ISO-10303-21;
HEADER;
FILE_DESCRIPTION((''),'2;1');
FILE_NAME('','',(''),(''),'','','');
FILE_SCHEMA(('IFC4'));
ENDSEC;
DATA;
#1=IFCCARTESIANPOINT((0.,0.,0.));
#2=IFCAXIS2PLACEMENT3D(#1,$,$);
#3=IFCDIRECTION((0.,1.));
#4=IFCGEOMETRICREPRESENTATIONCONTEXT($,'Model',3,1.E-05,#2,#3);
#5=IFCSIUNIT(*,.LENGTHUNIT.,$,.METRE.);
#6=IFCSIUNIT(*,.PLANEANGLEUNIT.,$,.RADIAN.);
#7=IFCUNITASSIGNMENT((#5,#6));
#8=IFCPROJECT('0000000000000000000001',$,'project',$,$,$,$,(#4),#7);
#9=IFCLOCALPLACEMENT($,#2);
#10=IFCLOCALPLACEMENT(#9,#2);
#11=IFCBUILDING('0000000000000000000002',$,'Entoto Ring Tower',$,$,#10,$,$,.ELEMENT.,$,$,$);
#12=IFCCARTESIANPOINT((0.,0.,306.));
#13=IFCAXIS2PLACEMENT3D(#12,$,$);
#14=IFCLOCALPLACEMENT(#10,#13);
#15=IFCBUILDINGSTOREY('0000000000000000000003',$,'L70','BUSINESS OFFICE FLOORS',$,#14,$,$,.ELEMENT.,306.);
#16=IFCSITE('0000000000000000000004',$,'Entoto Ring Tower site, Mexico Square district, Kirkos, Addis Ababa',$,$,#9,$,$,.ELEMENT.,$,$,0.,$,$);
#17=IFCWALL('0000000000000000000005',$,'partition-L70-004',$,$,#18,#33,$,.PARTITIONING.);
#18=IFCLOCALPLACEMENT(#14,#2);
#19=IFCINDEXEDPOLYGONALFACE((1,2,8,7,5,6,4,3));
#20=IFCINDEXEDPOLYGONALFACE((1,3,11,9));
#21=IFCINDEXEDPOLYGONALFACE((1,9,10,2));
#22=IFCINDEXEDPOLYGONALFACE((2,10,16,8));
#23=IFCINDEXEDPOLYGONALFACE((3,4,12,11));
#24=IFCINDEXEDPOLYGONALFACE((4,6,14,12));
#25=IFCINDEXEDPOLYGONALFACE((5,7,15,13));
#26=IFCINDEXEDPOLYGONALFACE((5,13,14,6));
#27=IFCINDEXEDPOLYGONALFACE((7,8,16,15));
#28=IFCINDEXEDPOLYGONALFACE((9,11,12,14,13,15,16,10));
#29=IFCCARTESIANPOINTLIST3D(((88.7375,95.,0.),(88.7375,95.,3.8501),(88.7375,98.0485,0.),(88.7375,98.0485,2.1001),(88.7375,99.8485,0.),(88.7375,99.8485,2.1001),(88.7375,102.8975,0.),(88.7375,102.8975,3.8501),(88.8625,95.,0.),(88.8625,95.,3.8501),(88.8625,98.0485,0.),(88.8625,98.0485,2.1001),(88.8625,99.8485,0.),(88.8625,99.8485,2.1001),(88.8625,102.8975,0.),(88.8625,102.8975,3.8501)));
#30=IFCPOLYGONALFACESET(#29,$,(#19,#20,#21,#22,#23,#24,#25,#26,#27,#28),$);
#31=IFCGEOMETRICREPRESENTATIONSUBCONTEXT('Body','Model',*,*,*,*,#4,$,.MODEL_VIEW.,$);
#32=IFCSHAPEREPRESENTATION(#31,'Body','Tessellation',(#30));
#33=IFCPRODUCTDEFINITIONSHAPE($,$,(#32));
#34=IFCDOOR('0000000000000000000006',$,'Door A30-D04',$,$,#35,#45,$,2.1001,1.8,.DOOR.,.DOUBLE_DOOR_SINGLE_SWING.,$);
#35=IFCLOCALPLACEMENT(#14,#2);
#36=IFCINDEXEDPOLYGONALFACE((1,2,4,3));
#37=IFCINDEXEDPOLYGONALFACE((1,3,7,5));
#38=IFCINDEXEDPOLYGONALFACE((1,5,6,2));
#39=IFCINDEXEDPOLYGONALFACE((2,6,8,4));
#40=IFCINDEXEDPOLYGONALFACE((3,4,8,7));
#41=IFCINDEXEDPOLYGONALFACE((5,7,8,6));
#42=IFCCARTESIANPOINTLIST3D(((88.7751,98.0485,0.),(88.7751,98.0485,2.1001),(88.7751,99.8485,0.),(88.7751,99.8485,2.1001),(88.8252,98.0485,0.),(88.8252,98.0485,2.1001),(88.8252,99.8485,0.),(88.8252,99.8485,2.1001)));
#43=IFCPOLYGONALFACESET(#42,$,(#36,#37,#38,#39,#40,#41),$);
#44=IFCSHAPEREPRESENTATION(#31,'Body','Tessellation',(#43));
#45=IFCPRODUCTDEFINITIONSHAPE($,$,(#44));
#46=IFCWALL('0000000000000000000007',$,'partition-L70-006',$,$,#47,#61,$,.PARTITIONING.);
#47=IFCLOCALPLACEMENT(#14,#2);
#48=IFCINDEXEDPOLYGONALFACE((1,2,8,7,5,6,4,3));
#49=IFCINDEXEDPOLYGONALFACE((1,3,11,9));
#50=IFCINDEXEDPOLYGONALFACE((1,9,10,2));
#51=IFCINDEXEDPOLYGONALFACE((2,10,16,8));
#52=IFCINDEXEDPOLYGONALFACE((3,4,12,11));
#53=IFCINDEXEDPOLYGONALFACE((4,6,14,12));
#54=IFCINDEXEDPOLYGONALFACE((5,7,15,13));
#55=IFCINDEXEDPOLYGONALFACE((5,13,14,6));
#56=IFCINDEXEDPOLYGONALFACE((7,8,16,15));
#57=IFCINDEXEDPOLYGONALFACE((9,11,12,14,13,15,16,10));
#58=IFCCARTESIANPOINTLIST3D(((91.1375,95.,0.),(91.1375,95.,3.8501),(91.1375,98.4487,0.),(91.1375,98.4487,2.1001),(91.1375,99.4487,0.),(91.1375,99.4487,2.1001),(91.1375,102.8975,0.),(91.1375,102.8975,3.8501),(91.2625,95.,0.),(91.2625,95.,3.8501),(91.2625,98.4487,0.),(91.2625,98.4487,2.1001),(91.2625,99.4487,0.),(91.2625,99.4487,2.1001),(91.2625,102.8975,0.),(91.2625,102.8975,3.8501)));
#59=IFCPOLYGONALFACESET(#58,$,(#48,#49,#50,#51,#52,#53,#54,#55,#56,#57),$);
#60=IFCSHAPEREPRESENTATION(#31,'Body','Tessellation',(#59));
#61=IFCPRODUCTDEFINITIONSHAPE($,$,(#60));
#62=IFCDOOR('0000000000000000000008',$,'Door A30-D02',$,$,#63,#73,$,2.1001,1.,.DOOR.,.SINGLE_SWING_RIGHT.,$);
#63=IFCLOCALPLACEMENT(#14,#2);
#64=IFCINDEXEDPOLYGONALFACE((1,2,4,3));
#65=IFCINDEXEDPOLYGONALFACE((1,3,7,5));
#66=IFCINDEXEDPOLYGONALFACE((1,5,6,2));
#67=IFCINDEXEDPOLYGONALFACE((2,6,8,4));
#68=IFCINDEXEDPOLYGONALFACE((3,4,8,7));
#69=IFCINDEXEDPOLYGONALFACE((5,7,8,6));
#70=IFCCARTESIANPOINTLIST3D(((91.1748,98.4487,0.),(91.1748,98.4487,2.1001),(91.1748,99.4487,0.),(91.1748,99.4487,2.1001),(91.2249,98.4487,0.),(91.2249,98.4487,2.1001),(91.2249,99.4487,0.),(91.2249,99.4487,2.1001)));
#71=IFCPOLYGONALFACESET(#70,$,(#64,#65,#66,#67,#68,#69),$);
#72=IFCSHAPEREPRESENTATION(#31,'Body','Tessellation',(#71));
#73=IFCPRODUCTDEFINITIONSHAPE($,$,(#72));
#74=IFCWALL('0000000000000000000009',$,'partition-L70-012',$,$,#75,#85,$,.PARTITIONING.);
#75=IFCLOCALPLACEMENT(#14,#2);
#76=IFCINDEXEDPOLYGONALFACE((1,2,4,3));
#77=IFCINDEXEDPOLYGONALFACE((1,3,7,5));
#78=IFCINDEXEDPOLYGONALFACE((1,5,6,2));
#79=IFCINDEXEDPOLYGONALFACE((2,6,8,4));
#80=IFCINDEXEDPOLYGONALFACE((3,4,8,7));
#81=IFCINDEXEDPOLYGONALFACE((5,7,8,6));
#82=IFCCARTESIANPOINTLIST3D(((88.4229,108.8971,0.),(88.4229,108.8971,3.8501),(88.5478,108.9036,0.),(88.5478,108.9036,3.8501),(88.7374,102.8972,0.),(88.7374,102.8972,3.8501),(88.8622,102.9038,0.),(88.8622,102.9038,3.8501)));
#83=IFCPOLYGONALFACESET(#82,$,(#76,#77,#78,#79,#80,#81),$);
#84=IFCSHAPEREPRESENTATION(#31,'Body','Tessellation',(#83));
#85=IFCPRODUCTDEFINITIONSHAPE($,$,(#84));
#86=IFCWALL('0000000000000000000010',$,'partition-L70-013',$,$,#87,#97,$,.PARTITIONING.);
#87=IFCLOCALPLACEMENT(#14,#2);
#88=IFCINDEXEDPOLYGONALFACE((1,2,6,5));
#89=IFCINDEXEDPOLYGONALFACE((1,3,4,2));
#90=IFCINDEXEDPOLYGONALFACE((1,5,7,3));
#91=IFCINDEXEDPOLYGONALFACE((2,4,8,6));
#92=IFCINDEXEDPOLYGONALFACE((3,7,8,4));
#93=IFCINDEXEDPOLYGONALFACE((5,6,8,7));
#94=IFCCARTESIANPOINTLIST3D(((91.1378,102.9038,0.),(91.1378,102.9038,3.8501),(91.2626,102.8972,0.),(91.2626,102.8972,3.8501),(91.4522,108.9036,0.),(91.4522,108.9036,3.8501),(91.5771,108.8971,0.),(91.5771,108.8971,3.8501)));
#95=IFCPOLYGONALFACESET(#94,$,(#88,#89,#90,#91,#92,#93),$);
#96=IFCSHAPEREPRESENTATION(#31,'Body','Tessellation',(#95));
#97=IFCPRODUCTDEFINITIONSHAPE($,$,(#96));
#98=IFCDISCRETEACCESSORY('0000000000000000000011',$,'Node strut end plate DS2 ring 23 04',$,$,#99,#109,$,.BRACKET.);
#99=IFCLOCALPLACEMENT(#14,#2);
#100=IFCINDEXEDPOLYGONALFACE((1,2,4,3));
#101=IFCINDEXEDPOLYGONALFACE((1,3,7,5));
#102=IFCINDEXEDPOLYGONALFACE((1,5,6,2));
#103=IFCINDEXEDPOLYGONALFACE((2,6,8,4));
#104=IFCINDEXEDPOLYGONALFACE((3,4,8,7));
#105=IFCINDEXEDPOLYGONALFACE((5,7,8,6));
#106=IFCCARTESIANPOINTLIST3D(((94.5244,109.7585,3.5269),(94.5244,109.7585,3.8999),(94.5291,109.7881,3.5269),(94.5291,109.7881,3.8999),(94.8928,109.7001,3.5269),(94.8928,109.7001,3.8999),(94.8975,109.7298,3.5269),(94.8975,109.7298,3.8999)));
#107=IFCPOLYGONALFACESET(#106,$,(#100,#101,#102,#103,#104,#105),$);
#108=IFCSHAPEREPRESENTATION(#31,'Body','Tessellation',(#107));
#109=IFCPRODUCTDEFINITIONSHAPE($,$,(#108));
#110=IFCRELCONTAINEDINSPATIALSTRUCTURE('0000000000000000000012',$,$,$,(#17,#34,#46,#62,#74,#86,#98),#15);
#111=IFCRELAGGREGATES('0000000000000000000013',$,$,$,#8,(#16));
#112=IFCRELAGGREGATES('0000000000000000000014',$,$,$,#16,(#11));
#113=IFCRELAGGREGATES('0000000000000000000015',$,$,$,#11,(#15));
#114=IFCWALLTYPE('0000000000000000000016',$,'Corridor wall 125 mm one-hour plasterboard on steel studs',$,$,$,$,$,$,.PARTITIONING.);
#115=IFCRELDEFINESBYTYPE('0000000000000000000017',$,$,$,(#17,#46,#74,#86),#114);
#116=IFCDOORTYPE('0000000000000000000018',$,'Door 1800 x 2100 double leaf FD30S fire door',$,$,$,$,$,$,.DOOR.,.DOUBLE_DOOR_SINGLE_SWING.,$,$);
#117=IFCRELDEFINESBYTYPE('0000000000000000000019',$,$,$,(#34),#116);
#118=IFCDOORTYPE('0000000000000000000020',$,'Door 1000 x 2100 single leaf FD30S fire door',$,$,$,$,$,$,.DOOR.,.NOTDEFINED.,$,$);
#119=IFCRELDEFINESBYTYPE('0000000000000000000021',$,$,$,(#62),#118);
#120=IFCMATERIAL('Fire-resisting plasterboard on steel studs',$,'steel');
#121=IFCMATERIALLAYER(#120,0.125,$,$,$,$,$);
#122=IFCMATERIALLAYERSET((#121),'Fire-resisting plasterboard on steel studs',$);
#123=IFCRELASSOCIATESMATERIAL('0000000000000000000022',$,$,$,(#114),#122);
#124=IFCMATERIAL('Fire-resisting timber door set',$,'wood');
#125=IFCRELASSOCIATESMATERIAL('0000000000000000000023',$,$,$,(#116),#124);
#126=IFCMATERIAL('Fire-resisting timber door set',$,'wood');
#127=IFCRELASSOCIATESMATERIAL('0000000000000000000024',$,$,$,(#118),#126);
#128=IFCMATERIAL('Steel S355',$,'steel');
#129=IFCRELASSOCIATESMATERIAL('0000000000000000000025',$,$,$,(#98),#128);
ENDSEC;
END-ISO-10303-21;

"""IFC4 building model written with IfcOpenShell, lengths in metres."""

from ifc_helpers import new_model, si_unit, direction, frame, frame_2d, origin, origin_2d, place, context, subcontext, project, spatial, rectangle, extrude, material, layer, layer_set, type_object, element, fill, save


model = new_model("IFC4")

# Units and contexts
model_context = context("Model", 3, precision=1e-05, world=origin(), true_north=direction((0.0, 1.0)))
body_context = subcontext(model_context, "Body", "Model", "MODEL_VIEW")
ifc_project = project(units=[si_unit("LENGTHUNIT", "METRE"), si_unit("PLANEANGLEUNIT", "RADIAN")], contexts=[model_context])

# Site, building, storey
site_placement = place(None, origin())
site = spatial("IfcSite", under=ifc_project, at=site_placement, Name="Entoto Ring Tower site, Mexico Square district, Kirkos, Addis Ababa", CompositionType="ELEMENT", RefElevation=0.0)
building_placement = place(site_placement, origin())
building = spatial("IfcBuilding", under=site, at=building_placement, Name="Entoto Ring Tower", CompositionType="ELEMENT")
storey_placement = place(building_placement, frame((0.0, 0.0, 306.0)))
storey = spatial("IfcBuildingStorey", under=building, at=storey_placement, Name="L70", Description="BUSINESS OFFICE FLOORS", CompositionType="ELEMENT", Elevation=306.0)

# Walls, openings, doors
ifc_material_1 = material(Name="Fire-resisting plasterboard on steel studs", Category="steel")
ifc_layer_1 = layer(ifc_material_1, 0.125)
ifc_layer_set_1 = layer_set([ifc_layer_1], Name="Fire-resisting plasterboard on steel studs")
wall_type_1 = type_object("IfcWallType", Name="Corridor wall 125 mm one-hour plasterboard on steel studs", PredefinedType="PARTITIONING", material=ifc_layer_set_1)
wall_1_placement = place(storey_placement, frame((88.8, 95.0, 0.0), z_axis=(0.0, 0.0, 1.0), x_axis=(0.0, 1.0, 0.0)))
wall_1 = element("IfcWall", 1, at=wall_1_placement, inside=storey, type_object=wall_type_1, Name="partition-L70-004", PredefinedType="PARTITIONING", context=body_context, shape_type="SweptSolid", body=[
    extrude(rectangle(XDim=7.8975, YDim=0.125, at=frame_2d((3.9487, 0.0))), origin(), (0.0, 0.0, 1.0), 3.8501),
])
opening_1_placement = place(wall_1_placement, frame((3.0486, 0.0, 0.0)))
opening_1 = element("IfcOpeningElement", 2, at=opening_1_placement, cuts=wall_1, PredefinedType="OPENING", context=body_context, shape_type="SweptSolid", body=[
    extrude(rectangle(XDim=1.8, YDim=2.1001, at=frame_2d((0.8999, 1.05))), frame((0.0, 0.0725, 0.0), z_axis=(0.0, -1.0, 0.0), x_axis=(1.0, 0.0, 0.0)), (0.0, 0.0, 1.0), 0.145),
])
ifc_material_2 = material(Name="Fire-resisting timber door set", Category="wood")
door_type_1 = type_object("IfcDoorType", Name="Door 1800 x 2100 double leaf FD30S fire door", OperationType="DOUBLE_DOOR_SINGLE_SWING", PredefinedType="DOOR", material=ifc_material_2)
door_1_placement = place(opening_1_placement, origin())
door_1 = element("IfcDoor", 3, at=door_1_placement, inside=storey, type_object=door_type_1, Name="Door A30-D04", OperationType="DOUBLE_DOOR_SINGLE_SWING", OverallHeight=2.1001, OverallWidth=1.8, PredefinedType="DOOR", context=body_context, shape_type="SweptSolid", body=[
    extrude(rectangle(XDim=1.8, YDim=2.1001, at=frame_2d((0.8999, 1.05))), frame((0.0, 0.0249, 0.0), z_axis=(0.0, -1.0, 0.0), x_axis=(1.0, 0.0, 0.0)), (0.0, 0.0, 1.0), 0.05),
])
fill(opening_1, door_1)
wall_2_placement = place(storey_placement, frame((91.2, 95.0, 0.0), z_axis=(0.0, 0.0, 1.0), x_axis=(0.0, 1.0, 0.0)))
wall_2 = element("IfcWall", 4, at=wall_2_placement, inside=storey, type_object=wall_type_1, Name="partition-L70-006", PredefinedType="PARTITIONING", context=body_context, shape_type="SweptSolid", body=[
    extrude(rectangle(XDim=7.8975, YDim=0.125, at=frame_2d((3.9487, 0.0))), origin(), (0.0, 0.0, 1.0), 3.8501),
])
opening_2_placement = place(wall_2_placement, frame((3.4487, 0.0, 0.0)))
opening_2 = element("IfcOpeningElement", 5, at=opening_2_placement, cuts=wall_2, PredefinedType="OPENING", context=body_context, shape_type="SweptSolid", body=[
    extrude(rectangle(XDim=1.0, YDim=2.1001, at=frame_2d((0.5, 1.05))), frame((0.0, 0.0725, 0.0), z_axis=(0.0, -1.0, 0.0), x_axis=(1.0, 0.0, 0.0)), (0.0, 0.0, 1.0), 0.145),
])
ifc_material_3 = material(Name="Fire-resisting timber door set", Category="wood")
door_type_2 = type_object("IfcDoorType", Name="Door 1000 x 2100 single leaf FD30S fire door", OperationType="NOTDEFINED", PredefinedType="DOOR", material=ifc_material_3)
door_2_placement = place(opening_2_placement, frame((1.0, 0.0, 0.0), z_axis=(0.0, 0.0, 1.0), x_axis=(-1.0, 0.0, 0.0)))
door_2 = element("IfcDoor", 6, at=door_2_placement, inside=storey, type_object=door_type_2, Name="Door A30-D02", OperationType="SINGLE_SWING_RIGHT", OverallHeight=2.1001, OverallWidth=1.0, PredefinedType="DOOR", context=body_context, shape_type="SweptSolid", body=[
    extrude(rectangle(XDim=1.0, YDim=2.1001, at=frame_2d((0.5, 1.05))), frame((0.0, 0.0249, 0.0), z_axis=(0.0, -1.0, 0.0), x_axis=(1.0, 0.0, 0.0)), (0.0, 0.0, 1.0), 0.05),
])
fill(opening_2, door_2)

# Walls
for number, where, z_axis, x_axis, name in (
    (7, (88.7998, 102.9006, 0.0), (0.0, 0.0, 1.0), (-0.052339, 0.998629, 0.0), "partition-L70-012"),
    (8, (91.2002, 102.9006, 0.0), (0.0, 0.0, 1.0), (0.052339, 0.998629, 0.0), "partition-L70-013"),
):
    element("IfcWall", number, at=place(storey_placement, frame(where, z_axis=z_axis, x_axis=x_axis)), inside=storey, type_object=wall_type_1, Name=name, PredefinedType="PARTITIONING", context=body_context, shape_type="SweptSolid", body=[
        extrude(rectangle(XDim=6.0081, YDim=0.125, at=frame_2d((3.0039, 0.0))), origin(), (0.0, 0.0, 1.0), 3.8501),
    ])

# Discrete accessory
ifc_material_4 = material(Name="Steel S355", Category="steel")
discrete_accessory_placement = place(storey_placement, frame((94.7109, 109.7441, 3.5269), z_axis=(0.0, 0.0, 1.0), x_axis=(0.156434, 0.987688, 0.0)))
element("IfcDiscreteAccessory", 9, at=discrete_accessory_placement, inside=storey, material=ifc_material_4, Name="Node strut end plate DS2 ring 23 04", PredefinedType="BRACKET", context=body_context, shape_type="SweptSolid", body=[
    extrude(rectangle(XDim=0.03, YDim=0.373, at=origin_2d()), origin(), (0.0, 0.0, 1.0), 0.373),
])

save(model, "model.ifc")
